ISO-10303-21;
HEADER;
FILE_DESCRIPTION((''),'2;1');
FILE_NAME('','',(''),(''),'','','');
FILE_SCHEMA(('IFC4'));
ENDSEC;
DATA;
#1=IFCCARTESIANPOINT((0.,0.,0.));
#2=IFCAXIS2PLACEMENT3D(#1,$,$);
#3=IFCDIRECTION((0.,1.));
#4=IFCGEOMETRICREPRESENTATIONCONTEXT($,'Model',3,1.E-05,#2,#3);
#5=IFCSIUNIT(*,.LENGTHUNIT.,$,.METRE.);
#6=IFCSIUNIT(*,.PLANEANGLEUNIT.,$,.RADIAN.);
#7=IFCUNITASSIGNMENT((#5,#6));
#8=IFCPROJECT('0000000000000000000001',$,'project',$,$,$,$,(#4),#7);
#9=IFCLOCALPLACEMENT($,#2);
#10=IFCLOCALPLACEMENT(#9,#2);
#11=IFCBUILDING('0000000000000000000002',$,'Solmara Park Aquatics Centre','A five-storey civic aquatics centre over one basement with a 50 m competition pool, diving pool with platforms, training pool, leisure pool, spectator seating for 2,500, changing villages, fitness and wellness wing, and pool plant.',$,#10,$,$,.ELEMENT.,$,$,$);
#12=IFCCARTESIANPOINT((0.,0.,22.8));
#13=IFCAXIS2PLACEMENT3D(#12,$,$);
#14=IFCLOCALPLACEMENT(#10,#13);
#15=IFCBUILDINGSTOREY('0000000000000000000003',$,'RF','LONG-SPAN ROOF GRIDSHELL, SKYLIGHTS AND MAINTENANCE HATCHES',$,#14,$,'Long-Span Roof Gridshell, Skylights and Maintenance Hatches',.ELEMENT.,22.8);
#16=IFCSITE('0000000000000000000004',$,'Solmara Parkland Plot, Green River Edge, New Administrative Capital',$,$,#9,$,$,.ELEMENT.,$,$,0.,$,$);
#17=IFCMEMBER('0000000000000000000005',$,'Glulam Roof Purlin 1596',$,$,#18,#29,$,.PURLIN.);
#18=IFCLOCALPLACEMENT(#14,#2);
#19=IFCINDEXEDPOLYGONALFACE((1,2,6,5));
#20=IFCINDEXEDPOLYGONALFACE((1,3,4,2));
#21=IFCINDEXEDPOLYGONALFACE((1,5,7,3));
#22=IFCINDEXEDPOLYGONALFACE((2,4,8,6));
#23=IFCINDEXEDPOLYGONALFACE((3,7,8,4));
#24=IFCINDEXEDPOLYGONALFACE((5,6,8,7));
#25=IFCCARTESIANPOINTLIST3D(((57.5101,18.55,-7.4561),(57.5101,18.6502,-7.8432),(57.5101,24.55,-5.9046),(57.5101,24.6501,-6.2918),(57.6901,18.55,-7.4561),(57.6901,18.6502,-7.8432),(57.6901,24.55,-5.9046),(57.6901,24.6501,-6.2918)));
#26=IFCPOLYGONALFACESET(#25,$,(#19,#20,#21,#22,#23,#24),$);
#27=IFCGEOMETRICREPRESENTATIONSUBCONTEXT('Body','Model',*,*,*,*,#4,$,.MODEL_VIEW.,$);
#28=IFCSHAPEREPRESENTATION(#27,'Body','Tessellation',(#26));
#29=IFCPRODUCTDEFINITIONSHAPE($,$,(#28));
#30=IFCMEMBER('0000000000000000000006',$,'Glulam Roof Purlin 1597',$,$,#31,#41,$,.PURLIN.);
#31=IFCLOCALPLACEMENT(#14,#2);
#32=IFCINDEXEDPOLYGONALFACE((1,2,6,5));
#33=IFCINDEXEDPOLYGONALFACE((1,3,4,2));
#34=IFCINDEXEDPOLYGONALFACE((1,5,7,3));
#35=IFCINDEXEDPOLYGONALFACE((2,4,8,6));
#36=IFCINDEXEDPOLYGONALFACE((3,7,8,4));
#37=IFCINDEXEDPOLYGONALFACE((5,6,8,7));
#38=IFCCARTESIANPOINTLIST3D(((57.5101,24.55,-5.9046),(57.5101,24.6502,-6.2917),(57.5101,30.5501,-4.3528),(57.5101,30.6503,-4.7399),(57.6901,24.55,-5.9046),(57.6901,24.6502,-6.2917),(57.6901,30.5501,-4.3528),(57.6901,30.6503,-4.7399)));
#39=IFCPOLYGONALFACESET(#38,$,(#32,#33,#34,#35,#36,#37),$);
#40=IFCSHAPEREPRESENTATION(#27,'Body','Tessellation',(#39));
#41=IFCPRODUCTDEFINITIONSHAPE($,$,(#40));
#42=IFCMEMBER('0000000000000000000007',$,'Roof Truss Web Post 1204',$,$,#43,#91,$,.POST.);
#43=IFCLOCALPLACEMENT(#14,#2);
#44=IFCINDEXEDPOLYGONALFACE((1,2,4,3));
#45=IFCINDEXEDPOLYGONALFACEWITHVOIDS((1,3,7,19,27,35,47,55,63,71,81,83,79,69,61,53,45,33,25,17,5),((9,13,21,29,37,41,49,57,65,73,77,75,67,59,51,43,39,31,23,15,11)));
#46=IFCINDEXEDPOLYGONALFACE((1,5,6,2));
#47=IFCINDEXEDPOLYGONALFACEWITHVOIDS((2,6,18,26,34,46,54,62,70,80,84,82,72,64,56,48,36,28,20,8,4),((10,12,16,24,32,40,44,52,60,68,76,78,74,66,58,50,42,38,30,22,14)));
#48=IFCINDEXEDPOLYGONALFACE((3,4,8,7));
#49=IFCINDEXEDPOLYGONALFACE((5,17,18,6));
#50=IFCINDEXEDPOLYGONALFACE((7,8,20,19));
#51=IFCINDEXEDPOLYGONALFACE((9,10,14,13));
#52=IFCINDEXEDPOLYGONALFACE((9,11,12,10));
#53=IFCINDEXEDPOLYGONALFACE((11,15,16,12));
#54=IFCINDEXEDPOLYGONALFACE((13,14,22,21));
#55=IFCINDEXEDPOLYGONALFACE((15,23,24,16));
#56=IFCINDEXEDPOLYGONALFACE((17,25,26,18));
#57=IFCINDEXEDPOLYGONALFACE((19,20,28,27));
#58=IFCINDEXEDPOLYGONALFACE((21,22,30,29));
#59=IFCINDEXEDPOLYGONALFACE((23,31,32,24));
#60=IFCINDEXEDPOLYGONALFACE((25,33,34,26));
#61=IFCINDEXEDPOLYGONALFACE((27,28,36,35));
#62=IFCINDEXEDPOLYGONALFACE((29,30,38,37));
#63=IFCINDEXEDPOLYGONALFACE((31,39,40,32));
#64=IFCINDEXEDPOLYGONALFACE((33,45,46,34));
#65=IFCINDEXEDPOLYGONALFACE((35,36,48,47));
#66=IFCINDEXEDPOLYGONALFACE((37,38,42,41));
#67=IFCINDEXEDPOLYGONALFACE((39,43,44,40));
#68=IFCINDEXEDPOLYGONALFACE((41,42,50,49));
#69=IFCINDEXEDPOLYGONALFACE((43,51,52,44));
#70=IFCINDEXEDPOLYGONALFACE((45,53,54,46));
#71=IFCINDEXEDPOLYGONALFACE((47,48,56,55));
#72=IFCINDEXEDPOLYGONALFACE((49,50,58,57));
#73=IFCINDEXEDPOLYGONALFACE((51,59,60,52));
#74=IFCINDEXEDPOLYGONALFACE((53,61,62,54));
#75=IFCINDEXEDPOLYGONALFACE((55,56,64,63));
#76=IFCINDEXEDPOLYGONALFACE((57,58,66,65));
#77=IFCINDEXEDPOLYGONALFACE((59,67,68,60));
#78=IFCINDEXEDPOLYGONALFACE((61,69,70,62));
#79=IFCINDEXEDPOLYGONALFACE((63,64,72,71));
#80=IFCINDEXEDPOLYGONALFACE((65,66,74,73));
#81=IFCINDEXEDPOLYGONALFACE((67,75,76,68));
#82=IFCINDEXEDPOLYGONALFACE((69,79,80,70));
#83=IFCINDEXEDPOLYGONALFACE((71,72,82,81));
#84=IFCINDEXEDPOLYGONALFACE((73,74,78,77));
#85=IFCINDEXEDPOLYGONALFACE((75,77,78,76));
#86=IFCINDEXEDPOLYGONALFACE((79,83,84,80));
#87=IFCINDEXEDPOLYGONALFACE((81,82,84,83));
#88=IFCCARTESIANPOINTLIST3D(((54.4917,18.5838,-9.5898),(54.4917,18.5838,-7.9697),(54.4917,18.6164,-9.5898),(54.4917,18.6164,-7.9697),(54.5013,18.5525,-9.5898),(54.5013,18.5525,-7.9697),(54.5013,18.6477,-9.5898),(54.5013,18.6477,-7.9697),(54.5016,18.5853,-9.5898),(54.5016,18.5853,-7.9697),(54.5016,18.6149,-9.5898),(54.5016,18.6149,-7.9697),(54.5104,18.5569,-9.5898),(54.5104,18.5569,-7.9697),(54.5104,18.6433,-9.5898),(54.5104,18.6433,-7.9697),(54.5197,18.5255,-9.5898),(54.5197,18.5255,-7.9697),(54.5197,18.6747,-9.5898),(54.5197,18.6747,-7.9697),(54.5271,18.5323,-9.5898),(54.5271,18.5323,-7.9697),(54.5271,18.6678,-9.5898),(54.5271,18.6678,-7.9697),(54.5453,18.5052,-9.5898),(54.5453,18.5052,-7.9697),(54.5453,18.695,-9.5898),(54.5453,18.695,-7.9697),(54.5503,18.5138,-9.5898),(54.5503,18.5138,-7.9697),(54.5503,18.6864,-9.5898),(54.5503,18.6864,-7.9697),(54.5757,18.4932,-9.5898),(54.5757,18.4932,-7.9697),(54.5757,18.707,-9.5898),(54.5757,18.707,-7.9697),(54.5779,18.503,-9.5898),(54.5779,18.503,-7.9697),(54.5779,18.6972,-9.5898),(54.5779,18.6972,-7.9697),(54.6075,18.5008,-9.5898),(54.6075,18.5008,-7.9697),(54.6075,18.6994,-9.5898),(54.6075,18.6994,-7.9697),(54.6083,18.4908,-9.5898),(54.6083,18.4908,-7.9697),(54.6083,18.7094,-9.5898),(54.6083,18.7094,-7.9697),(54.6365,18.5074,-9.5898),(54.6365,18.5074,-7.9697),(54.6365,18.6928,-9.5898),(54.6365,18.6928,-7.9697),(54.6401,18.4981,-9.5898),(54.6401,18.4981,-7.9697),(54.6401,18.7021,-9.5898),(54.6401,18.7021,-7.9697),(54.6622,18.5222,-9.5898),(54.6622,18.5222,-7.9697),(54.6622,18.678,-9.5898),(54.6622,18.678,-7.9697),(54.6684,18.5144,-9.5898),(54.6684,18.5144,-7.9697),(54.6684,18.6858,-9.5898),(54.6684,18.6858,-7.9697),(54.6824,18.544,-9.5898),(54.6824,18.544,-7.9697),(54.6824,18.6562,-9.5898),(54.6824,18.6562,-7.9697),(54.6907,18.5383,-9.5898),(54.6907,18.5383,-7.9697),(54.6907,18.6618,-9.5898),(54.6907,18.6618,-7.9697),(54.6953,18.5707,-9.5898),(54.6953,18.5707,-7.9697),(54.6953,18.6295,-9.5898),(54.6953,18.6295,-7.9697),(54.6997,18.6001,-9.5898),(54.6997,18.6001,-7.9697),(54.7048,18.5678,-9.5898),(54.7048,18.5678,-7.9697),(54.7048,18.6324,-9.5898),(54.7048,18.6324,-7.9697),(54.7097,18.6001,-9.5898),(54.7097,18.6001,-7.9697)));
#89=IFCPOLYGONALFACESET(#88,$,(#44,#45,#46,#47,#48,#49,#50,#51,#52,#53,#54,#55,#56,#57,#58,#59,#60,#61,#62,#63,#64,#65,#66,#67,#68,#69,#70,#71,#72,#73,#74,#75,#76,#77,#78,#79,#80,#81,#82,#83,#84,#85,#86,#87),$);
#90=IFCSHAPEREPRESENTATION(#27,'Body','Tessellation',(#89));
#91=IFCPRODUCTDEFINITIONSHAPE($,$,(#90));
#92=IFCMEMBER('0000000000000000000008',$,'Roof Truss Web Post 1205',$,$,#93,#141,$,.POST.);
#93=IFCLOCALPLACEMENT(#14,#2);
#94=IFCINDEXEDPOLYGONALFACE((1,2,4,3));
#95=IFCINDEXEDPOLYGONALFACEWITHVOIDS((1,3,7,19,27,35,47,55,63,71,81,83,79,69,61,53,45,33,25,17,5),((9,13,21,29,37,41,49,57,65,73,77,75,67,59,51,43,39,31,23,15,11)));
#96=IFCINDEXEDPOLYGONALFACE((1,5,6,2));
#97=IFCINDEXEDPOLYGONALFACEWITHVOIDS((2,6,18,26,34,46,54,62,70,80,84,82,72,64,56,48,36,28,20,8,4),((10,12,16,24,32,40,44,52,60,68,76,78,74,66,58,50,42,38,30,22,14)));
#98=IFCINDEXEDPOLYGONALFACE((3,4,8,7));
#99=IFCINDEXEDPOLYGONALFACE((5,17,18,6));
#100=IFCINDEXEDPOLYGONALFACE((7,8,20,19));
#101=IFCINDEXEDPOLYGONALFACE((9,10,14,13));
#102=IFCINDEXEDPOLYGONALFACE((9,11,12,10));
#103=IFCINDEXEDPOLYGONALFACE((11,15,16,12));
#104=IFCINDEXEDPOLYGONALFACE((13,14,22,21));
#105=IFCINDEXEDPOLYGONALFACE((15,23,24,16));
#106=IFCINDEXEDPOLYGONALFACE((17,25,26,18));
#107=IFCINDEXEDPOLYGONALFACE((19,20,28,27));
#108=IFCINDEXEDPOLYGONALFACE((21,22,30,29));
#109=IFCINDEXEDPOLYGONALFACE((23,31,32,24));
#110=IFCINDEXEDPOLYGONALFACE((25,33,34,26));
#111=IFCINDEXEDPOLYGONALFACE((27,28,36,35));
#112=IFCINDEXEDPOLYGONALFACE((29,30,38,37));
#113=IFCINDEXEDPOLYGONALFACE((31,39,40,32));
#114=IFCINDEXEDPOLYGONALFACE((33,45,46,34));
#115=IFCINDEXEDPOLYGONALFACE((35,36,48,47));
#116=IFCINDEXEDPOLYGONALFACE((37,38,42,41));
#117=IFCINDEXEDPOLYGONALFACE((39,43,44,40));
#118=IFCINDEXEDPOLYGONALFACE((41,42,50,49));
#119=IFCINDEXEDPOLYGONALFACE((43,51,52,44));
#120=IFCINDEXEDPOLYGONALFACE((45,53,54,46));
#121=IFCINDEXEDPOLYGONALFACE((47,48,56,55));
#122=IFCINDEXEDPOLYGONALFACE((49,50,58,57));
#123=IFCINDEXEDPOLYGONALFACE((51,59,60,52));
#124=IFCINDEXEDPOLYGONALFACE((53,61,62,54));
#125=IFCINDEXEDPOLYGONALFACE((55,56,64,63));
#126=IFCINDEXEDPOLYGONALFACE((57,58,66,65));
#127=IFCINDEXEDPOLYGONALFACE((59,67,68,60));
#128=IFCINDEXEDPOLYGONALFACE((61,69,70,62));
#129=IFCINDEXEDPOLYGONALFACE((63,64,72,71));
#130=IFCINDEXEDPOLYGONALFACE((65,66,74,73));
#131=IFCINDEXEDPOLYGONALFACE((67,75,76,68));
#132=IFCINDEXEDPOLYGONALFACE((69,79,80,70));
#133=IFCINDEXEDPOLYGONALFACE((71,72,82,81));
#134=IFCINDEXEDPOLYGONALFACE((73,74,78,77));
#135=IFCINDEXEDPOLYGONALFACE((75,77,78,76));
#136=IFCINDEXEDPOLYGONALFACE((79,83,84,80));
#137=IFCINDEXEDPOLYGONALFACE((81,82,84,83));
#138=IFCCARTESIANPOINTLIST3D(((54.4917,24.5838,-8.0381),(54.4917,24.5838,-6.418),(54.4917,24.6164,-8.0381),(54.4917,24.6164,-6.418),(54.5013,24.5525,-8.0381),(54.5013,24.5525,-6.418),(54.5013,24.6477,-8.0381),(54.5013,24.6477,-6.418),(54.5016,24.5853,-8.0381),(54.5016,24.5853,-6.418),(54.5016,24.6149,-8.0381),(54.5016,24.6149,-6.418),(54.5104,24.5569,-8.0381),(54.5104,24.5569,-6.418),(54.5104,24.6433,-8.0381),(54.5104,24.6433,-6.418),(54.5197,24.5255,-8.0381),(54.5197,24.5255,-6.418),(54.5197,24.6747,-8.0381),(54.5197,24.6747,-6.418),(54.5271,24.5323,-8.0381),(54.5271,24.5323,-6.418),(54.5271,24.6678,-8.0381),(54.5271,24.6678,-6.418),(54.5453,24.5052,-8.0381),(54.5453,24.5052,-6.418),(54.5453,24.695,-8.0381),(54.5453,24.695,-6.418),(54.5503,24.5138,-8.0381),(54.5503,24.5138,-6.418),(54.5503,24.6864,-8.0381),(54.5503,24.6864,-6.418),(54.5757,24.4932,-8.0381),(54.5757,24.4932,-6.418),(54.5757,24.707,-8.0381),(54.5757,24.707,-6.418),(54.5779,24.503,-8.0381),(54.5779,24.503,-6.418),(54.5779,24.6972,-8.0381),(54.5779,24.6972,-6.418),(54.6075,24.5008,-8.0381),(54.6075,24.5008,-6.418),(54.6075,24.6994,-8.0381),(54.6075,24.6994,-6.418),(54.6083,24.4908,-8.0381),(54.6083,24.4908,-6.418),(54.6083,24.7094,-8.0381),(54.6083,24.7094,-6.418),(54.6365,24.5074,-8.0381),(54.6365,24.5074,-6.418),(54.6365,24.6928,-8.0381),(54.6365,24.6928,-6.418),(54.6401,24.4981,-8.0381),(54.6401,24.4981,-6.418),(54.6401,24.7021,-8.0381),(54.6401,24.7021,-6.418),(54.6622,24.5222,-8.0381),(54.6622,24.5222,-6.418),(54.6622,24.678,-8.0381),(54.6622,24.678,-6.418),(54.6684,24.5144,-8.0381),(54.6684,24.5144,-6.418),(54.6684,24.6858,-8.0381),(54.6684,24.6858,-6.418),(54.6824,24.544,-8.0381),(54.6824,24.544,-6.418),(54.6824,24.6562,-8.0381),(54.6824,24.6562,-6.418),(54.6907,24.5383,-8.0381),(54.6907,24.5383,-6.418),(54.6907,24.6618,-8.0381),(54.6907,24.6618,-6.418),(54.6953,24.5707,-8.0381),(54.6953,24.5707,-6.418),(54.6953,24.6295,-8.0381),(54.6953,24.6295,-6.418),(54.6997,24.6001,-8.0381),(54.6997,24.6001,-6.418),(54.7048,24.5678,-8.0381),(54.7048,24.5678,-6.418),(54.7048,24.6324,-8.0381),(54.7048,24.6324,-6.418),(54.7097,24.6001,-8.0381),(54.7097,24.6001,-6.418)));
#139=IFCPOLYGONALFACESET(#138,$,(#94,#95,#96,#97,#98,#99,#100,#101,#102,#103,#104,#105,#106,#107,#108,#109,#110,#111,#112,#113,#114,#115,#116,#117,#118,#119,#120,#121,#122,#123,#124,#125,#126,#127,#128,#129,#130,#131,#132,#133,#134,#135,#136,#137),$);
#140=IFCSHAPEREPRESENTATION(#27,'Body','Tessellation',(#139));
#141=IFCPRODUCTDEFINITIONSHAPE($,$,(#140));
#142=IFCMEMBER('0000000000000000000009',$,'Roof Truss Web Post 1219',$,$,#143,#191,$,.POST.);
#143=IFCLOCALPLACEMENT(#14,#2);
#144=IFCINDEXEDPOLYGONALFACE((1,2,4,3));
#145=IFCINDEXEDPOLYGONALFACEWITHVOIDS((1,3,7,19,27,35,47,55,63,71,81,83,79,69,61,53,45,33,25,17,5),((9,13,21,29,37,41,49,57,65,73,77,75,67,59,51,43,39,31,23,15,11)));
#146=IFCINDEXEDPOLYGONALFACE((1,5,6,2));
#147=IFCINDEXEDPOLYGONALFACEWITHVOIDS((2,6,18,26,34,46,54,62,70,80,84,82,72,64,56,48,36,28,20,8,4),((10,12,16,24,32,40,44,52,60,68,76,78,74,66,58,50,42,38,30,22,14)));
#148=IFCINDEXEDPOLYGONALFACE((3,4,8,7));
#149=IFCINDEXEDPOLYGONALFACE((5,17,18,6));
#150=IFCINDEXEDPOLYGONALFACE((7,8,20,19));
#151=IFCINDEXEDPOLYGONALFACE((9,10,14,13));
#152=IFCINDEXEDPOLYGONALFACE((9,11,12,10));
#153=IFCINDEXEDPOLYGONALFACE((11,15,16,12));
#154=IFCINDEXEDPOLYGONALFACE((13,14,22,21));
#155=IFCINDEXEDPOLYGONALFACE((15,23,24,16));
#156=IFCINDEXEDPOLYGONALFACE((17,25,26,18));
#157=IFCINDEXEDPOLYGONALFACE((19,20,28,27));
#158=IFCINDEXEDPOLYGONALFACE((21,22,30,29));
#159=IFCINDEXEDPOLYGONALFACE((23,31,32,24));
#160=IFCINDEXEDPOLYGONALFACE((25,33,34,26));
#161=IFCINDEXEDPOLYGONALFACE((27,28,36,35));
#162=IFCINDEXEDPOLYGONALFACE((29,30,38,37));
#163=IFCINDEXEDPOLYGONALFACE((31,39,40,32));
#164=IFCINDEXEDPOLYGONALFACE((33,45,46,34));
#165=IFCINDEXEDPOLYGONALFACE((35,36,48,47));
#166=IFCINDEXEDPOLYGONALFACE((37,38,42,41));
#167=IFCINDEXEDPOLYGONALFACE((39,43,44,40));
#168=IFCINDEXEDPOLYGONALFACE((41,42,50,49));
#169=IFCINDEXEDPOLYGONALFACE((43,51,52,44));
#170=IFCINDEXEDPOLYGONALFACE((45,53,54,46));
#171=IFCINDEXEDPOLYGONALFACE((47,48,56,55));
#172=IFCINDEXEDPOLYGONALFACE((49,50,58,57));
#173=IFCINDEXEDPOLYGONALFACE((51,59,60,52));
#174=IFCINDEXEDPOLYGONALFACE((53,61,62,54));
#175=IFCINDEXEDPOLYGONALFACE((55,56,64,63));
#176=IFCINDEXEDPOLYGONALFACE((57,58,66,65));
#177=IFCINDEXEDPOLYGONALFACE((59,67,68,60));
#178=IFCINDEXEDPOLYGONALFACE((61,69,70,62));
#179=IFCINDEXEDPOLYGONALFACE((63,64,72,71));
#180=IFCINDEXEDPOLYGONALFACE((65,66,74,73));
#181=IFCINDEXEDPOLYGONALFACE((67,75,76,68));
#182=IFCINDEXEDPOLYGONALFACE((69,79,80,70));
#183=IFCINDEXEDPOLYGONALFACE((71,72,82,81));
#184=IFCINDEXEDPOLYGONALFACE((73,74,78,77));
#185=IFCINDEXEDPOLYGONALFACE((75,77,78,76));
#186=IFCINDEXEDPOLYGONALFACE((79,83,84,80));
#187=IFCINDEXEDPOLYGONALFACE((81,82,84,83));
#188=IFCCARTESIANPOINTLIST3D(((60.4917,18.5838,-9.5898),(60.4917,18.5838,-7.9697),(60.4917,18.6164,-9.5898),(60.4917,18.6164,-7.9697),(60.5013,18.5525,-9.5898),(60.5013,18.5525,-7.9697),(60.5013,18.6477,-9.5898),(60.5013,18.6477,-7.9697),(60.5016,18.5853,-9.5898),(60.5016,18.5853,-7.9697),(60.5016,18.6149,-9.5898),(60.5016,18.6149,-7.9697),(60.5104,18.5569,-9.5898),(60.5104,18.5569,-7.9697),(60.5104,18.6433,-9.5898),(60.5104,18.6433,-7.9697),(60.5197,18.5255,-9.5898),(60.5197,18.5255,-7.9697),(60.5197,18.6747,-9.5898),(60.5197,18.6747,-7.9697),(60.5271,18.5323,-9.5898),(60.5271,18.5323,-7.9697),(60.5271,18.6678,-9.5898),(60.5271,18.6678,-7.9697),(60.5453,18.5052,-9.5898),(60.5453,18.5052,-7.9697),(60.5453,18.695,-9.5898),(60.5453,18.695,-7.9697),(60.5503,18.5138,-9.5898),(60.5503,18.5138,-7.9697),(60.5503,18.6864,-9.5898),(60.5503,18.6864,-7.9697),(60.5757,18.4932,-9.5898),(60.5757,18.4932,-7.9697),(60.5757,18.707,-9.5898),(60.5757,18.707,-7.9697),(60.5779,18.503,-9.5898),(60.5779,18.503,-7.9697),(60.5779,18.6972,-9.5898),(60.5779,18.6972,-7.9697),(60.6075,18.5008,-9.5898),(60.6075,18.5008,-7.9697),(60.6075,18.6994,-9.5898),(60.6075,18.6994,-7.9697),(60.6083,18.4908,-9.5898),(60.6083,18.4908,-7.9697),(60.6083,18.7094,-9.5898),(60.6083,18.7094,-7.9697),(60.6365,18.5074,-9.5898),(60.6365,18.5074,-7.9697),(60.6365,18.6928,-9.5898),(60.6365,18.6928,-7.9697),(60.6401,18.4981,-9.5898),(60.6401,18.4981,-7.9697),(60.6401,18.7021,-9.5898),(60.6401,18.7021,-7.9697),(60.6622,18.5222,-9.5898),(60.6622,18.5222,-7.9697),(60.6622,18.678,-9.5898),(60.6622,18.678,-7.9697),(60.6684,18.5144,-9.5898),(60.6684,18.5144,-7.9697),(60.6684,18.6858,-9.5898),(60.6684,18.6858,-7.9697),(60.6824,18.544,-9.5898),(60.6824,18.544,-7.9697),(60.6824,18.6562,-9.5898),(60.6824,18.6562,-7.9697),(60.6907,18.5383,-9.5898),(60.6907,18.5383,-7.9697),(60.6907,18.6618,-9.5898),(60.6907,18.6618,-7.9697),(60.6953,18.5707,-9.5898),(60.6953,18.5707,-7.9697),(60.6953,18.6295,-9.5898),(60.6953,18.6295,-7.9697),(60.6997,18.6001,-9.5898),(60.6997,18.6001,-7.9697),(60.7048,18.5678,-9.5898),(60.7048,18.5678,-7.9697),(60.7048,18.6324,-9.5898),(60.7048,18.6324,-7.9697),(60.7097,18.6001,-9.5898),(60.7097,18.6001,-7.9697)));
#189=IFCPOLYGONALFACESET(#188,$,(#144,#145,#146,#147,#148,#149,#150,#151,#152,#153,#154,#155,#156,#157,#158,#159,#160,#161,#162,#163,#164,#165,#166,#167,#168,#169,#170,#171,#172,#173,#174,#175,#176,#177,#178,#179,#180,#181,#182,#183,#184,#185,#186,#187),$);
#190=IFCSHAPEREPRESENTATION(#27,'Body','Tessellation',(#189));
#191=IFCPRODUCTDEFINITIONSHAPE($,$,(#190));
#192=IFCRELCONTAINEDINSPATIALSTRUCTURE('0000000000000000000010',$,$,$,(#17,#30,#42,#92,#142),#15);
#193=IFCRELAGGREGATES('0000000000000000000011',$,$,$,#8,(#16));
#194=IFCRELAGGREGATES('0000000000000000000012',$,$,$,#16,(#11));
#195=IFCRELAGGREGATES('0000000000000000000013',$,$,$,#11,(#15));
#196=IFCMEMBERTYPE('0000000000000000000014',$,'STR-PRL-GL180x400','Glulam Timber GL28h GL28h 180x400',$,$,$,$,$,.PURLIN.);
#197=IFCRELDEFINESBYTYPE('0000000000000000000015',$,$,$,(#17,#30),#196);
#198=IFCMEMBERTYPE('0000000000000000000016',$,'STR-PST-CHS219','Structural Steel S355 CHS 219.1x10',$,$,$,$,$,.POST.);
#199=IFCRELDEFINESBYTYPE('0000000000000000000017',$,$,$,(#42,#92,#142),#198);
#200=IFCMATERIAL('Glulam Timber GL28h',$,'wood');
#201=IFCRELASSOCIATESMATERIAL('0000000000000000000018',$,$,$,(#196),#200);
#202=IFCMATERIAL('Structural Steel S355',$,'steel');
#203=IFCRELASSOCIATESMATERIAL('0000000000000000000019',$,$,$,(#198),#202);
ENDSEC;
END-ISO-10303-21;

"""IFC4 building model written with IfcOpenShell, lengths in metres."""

from ifc_helpers import new_model, si_unit, direction, frame, origin, origin_2d, place, context, subcontext, project, spatial, rectangle, hollow_circle, extrude, material, material_profile, profile_set, type_object, element, save


model = new_model("IFC4")

# Units and contexts
model_context = context("Model", 3, precision=1e-05, world=origin(), true_north=direction((0.0, 1.0)))
body_context = subcontext(model_context, "Body", "Model", "MODEL_VIEW")
ifc_project = project(units=[si_unit("LENGTHUNIT", "METRE"), si_unit("PLANEANGLEUNIT", "RADIAN")], contexts=[model_context])

# Site, building, storey
site_placement = place(None, origin())
site = spatial("IfcSite", under=ifc_project, at=site_placement, Name="Solmara Parkland Plot, Green River Edge, New Administrative Capital", CompositionType="ELEMENT", RefElevation=0.0)
building_placement = place(site_placement, origin())
building = spatial("IfcBuilding", under=site, at=building_placement, Name="Solmara Park Aquatics Centre", Description="A five-storey civic aquatics centre over one basement with a 50 m competition pool, diving pool with platforms, training pool, leisure pool, spectator seating for 2,500, changing villages, fitness and wellness wing, and pool plant.", CompositionType="ELEMENT")
storey_placement = place(building_placement, frame((0.0, 0.0, 22.8)))
storey = spatial("IfcBuildingStorey", under=building, at=storey_placement, Name="RF", Description="LONG-SPAN ROOF GRIDSHELL, SKYLIGHTS AND MAINTENANCE HATCHES", LongName="Long-Span Roof Gridshell, Skylights and Maintenance Hatches", CompositionType="ELEMENT", Elevation=22.8)

# Members
ifc_material_1 = material(Name="Structural Steel S355", Category="steel")
ifc_material_2 = material(Name="Glulam Timber GL28h", Category="wood")
ifc_material_profile_1 = material_profile(ifc_material_2, rectangle(XDim=0.1799, YDim=0.3999, at=origin_2d()), Name="GL28h 180x400")
ifc_profile_set_1 = profile_set([ifc_material_profile_1], Name="Glulam Timber GL28h")
member_type_1 = type_object("IfcMemberType", Name="STR-PRL-GL180x400", Description="Glulam Timber GL28h GL28h 180x400", PredefinedType="PURLIN", material=ifc_profile_set_1)
member_1_placement = place(storey_placement, frame((57.6001, 18.6001, -7.6497), z_axis=(0.0, 0.968155, 0.250351), x_axis=(-1.0, 0.0, 0.0)))
element("IfcMember", 1, at=member_1_placement, inside=storey, type_object=member_type_1, Name="Glulam Roof Purlin 1596", PredefinedType="PURLIN", context=body_context, shape_type="SweptSolid", body=[
    extrude(rectangle(XDim=0.1799, YDim=0.3999, at=origin_2d()), origin(), (0.0, 0.0, 1.0), 6.1973),
])
member_2_placement = place(storey_placement, frame((57.6001, 24.6001, -6.0981), z_axis=(0.0, 0.968146, 0.250388), x_axis=(-1.0, 0.0, 0.0)))
element("IfcMember", 2, at=member_2_placement, inside=storey, type_object=member_type_1, Name="Glulam Roof Purlin 1597", PredefinedType="PURLIN", context=body_context, shape_type="SweptSolid", body=[
    extrude(rectangle(XDim=0.1799, YDim=0.3999, at=origin_2d()), origin(), (0.0, 0.0, 1.0), 6.1975),
])
ifc_material_profile_2 = material_profile(ifc_material_1, hollow_circle(Radius=0.1096, WallThickness=0.01, at=origin_2d()), Name="CHS 219.1x10")
ifc_profile_set_2 = profile_set([ifc_material_profile_2], Name="Structural Steel S355")
member_type_2 = type_object("IfcMemberType", Name="STR-PST-CHS219", Description="Structural Steel S355 CHS 219.1x10", PredefinedType="POST", material=ifc_profile_set_2)
for number, where, z_axis, x_axis, name in (
    (3, (54.6001, 18.6001, -9.5898), (0.0, 0.0, 1.0), (1.0, 0.0, 0.0), "Roof Truss Web Post 1204"),
    (4, (54.6001, 24.6001, -8.0381), (0.0, 0.0, 1.0), (1.0, 0.0, 0.0), "Roof Truss Web Post 1205"),
    (5, (60.6001, 18.6001, -9.5898), (0.0, 0.0, 1.0), (1.0, 0.0, 0.0), "Roof Truss Web Post 1219"),
):
    element("IfcMember", number, at=place(storey_placement, frame(where, z_axis=z_axis, x_axis=x_axis)), inside=storey, type_object=member_type_2, Name=name, PredefinedType="POST", context=body_context, shape_type="SweptSolid", body=[
        extrude(hollow_circle(Radius=0.1096, WallThickness=0.01, at=origin_2d()), origin(), (0.0, 0.0, 1.0), 1.6201),
    ])

save(model, "model.ifc")
